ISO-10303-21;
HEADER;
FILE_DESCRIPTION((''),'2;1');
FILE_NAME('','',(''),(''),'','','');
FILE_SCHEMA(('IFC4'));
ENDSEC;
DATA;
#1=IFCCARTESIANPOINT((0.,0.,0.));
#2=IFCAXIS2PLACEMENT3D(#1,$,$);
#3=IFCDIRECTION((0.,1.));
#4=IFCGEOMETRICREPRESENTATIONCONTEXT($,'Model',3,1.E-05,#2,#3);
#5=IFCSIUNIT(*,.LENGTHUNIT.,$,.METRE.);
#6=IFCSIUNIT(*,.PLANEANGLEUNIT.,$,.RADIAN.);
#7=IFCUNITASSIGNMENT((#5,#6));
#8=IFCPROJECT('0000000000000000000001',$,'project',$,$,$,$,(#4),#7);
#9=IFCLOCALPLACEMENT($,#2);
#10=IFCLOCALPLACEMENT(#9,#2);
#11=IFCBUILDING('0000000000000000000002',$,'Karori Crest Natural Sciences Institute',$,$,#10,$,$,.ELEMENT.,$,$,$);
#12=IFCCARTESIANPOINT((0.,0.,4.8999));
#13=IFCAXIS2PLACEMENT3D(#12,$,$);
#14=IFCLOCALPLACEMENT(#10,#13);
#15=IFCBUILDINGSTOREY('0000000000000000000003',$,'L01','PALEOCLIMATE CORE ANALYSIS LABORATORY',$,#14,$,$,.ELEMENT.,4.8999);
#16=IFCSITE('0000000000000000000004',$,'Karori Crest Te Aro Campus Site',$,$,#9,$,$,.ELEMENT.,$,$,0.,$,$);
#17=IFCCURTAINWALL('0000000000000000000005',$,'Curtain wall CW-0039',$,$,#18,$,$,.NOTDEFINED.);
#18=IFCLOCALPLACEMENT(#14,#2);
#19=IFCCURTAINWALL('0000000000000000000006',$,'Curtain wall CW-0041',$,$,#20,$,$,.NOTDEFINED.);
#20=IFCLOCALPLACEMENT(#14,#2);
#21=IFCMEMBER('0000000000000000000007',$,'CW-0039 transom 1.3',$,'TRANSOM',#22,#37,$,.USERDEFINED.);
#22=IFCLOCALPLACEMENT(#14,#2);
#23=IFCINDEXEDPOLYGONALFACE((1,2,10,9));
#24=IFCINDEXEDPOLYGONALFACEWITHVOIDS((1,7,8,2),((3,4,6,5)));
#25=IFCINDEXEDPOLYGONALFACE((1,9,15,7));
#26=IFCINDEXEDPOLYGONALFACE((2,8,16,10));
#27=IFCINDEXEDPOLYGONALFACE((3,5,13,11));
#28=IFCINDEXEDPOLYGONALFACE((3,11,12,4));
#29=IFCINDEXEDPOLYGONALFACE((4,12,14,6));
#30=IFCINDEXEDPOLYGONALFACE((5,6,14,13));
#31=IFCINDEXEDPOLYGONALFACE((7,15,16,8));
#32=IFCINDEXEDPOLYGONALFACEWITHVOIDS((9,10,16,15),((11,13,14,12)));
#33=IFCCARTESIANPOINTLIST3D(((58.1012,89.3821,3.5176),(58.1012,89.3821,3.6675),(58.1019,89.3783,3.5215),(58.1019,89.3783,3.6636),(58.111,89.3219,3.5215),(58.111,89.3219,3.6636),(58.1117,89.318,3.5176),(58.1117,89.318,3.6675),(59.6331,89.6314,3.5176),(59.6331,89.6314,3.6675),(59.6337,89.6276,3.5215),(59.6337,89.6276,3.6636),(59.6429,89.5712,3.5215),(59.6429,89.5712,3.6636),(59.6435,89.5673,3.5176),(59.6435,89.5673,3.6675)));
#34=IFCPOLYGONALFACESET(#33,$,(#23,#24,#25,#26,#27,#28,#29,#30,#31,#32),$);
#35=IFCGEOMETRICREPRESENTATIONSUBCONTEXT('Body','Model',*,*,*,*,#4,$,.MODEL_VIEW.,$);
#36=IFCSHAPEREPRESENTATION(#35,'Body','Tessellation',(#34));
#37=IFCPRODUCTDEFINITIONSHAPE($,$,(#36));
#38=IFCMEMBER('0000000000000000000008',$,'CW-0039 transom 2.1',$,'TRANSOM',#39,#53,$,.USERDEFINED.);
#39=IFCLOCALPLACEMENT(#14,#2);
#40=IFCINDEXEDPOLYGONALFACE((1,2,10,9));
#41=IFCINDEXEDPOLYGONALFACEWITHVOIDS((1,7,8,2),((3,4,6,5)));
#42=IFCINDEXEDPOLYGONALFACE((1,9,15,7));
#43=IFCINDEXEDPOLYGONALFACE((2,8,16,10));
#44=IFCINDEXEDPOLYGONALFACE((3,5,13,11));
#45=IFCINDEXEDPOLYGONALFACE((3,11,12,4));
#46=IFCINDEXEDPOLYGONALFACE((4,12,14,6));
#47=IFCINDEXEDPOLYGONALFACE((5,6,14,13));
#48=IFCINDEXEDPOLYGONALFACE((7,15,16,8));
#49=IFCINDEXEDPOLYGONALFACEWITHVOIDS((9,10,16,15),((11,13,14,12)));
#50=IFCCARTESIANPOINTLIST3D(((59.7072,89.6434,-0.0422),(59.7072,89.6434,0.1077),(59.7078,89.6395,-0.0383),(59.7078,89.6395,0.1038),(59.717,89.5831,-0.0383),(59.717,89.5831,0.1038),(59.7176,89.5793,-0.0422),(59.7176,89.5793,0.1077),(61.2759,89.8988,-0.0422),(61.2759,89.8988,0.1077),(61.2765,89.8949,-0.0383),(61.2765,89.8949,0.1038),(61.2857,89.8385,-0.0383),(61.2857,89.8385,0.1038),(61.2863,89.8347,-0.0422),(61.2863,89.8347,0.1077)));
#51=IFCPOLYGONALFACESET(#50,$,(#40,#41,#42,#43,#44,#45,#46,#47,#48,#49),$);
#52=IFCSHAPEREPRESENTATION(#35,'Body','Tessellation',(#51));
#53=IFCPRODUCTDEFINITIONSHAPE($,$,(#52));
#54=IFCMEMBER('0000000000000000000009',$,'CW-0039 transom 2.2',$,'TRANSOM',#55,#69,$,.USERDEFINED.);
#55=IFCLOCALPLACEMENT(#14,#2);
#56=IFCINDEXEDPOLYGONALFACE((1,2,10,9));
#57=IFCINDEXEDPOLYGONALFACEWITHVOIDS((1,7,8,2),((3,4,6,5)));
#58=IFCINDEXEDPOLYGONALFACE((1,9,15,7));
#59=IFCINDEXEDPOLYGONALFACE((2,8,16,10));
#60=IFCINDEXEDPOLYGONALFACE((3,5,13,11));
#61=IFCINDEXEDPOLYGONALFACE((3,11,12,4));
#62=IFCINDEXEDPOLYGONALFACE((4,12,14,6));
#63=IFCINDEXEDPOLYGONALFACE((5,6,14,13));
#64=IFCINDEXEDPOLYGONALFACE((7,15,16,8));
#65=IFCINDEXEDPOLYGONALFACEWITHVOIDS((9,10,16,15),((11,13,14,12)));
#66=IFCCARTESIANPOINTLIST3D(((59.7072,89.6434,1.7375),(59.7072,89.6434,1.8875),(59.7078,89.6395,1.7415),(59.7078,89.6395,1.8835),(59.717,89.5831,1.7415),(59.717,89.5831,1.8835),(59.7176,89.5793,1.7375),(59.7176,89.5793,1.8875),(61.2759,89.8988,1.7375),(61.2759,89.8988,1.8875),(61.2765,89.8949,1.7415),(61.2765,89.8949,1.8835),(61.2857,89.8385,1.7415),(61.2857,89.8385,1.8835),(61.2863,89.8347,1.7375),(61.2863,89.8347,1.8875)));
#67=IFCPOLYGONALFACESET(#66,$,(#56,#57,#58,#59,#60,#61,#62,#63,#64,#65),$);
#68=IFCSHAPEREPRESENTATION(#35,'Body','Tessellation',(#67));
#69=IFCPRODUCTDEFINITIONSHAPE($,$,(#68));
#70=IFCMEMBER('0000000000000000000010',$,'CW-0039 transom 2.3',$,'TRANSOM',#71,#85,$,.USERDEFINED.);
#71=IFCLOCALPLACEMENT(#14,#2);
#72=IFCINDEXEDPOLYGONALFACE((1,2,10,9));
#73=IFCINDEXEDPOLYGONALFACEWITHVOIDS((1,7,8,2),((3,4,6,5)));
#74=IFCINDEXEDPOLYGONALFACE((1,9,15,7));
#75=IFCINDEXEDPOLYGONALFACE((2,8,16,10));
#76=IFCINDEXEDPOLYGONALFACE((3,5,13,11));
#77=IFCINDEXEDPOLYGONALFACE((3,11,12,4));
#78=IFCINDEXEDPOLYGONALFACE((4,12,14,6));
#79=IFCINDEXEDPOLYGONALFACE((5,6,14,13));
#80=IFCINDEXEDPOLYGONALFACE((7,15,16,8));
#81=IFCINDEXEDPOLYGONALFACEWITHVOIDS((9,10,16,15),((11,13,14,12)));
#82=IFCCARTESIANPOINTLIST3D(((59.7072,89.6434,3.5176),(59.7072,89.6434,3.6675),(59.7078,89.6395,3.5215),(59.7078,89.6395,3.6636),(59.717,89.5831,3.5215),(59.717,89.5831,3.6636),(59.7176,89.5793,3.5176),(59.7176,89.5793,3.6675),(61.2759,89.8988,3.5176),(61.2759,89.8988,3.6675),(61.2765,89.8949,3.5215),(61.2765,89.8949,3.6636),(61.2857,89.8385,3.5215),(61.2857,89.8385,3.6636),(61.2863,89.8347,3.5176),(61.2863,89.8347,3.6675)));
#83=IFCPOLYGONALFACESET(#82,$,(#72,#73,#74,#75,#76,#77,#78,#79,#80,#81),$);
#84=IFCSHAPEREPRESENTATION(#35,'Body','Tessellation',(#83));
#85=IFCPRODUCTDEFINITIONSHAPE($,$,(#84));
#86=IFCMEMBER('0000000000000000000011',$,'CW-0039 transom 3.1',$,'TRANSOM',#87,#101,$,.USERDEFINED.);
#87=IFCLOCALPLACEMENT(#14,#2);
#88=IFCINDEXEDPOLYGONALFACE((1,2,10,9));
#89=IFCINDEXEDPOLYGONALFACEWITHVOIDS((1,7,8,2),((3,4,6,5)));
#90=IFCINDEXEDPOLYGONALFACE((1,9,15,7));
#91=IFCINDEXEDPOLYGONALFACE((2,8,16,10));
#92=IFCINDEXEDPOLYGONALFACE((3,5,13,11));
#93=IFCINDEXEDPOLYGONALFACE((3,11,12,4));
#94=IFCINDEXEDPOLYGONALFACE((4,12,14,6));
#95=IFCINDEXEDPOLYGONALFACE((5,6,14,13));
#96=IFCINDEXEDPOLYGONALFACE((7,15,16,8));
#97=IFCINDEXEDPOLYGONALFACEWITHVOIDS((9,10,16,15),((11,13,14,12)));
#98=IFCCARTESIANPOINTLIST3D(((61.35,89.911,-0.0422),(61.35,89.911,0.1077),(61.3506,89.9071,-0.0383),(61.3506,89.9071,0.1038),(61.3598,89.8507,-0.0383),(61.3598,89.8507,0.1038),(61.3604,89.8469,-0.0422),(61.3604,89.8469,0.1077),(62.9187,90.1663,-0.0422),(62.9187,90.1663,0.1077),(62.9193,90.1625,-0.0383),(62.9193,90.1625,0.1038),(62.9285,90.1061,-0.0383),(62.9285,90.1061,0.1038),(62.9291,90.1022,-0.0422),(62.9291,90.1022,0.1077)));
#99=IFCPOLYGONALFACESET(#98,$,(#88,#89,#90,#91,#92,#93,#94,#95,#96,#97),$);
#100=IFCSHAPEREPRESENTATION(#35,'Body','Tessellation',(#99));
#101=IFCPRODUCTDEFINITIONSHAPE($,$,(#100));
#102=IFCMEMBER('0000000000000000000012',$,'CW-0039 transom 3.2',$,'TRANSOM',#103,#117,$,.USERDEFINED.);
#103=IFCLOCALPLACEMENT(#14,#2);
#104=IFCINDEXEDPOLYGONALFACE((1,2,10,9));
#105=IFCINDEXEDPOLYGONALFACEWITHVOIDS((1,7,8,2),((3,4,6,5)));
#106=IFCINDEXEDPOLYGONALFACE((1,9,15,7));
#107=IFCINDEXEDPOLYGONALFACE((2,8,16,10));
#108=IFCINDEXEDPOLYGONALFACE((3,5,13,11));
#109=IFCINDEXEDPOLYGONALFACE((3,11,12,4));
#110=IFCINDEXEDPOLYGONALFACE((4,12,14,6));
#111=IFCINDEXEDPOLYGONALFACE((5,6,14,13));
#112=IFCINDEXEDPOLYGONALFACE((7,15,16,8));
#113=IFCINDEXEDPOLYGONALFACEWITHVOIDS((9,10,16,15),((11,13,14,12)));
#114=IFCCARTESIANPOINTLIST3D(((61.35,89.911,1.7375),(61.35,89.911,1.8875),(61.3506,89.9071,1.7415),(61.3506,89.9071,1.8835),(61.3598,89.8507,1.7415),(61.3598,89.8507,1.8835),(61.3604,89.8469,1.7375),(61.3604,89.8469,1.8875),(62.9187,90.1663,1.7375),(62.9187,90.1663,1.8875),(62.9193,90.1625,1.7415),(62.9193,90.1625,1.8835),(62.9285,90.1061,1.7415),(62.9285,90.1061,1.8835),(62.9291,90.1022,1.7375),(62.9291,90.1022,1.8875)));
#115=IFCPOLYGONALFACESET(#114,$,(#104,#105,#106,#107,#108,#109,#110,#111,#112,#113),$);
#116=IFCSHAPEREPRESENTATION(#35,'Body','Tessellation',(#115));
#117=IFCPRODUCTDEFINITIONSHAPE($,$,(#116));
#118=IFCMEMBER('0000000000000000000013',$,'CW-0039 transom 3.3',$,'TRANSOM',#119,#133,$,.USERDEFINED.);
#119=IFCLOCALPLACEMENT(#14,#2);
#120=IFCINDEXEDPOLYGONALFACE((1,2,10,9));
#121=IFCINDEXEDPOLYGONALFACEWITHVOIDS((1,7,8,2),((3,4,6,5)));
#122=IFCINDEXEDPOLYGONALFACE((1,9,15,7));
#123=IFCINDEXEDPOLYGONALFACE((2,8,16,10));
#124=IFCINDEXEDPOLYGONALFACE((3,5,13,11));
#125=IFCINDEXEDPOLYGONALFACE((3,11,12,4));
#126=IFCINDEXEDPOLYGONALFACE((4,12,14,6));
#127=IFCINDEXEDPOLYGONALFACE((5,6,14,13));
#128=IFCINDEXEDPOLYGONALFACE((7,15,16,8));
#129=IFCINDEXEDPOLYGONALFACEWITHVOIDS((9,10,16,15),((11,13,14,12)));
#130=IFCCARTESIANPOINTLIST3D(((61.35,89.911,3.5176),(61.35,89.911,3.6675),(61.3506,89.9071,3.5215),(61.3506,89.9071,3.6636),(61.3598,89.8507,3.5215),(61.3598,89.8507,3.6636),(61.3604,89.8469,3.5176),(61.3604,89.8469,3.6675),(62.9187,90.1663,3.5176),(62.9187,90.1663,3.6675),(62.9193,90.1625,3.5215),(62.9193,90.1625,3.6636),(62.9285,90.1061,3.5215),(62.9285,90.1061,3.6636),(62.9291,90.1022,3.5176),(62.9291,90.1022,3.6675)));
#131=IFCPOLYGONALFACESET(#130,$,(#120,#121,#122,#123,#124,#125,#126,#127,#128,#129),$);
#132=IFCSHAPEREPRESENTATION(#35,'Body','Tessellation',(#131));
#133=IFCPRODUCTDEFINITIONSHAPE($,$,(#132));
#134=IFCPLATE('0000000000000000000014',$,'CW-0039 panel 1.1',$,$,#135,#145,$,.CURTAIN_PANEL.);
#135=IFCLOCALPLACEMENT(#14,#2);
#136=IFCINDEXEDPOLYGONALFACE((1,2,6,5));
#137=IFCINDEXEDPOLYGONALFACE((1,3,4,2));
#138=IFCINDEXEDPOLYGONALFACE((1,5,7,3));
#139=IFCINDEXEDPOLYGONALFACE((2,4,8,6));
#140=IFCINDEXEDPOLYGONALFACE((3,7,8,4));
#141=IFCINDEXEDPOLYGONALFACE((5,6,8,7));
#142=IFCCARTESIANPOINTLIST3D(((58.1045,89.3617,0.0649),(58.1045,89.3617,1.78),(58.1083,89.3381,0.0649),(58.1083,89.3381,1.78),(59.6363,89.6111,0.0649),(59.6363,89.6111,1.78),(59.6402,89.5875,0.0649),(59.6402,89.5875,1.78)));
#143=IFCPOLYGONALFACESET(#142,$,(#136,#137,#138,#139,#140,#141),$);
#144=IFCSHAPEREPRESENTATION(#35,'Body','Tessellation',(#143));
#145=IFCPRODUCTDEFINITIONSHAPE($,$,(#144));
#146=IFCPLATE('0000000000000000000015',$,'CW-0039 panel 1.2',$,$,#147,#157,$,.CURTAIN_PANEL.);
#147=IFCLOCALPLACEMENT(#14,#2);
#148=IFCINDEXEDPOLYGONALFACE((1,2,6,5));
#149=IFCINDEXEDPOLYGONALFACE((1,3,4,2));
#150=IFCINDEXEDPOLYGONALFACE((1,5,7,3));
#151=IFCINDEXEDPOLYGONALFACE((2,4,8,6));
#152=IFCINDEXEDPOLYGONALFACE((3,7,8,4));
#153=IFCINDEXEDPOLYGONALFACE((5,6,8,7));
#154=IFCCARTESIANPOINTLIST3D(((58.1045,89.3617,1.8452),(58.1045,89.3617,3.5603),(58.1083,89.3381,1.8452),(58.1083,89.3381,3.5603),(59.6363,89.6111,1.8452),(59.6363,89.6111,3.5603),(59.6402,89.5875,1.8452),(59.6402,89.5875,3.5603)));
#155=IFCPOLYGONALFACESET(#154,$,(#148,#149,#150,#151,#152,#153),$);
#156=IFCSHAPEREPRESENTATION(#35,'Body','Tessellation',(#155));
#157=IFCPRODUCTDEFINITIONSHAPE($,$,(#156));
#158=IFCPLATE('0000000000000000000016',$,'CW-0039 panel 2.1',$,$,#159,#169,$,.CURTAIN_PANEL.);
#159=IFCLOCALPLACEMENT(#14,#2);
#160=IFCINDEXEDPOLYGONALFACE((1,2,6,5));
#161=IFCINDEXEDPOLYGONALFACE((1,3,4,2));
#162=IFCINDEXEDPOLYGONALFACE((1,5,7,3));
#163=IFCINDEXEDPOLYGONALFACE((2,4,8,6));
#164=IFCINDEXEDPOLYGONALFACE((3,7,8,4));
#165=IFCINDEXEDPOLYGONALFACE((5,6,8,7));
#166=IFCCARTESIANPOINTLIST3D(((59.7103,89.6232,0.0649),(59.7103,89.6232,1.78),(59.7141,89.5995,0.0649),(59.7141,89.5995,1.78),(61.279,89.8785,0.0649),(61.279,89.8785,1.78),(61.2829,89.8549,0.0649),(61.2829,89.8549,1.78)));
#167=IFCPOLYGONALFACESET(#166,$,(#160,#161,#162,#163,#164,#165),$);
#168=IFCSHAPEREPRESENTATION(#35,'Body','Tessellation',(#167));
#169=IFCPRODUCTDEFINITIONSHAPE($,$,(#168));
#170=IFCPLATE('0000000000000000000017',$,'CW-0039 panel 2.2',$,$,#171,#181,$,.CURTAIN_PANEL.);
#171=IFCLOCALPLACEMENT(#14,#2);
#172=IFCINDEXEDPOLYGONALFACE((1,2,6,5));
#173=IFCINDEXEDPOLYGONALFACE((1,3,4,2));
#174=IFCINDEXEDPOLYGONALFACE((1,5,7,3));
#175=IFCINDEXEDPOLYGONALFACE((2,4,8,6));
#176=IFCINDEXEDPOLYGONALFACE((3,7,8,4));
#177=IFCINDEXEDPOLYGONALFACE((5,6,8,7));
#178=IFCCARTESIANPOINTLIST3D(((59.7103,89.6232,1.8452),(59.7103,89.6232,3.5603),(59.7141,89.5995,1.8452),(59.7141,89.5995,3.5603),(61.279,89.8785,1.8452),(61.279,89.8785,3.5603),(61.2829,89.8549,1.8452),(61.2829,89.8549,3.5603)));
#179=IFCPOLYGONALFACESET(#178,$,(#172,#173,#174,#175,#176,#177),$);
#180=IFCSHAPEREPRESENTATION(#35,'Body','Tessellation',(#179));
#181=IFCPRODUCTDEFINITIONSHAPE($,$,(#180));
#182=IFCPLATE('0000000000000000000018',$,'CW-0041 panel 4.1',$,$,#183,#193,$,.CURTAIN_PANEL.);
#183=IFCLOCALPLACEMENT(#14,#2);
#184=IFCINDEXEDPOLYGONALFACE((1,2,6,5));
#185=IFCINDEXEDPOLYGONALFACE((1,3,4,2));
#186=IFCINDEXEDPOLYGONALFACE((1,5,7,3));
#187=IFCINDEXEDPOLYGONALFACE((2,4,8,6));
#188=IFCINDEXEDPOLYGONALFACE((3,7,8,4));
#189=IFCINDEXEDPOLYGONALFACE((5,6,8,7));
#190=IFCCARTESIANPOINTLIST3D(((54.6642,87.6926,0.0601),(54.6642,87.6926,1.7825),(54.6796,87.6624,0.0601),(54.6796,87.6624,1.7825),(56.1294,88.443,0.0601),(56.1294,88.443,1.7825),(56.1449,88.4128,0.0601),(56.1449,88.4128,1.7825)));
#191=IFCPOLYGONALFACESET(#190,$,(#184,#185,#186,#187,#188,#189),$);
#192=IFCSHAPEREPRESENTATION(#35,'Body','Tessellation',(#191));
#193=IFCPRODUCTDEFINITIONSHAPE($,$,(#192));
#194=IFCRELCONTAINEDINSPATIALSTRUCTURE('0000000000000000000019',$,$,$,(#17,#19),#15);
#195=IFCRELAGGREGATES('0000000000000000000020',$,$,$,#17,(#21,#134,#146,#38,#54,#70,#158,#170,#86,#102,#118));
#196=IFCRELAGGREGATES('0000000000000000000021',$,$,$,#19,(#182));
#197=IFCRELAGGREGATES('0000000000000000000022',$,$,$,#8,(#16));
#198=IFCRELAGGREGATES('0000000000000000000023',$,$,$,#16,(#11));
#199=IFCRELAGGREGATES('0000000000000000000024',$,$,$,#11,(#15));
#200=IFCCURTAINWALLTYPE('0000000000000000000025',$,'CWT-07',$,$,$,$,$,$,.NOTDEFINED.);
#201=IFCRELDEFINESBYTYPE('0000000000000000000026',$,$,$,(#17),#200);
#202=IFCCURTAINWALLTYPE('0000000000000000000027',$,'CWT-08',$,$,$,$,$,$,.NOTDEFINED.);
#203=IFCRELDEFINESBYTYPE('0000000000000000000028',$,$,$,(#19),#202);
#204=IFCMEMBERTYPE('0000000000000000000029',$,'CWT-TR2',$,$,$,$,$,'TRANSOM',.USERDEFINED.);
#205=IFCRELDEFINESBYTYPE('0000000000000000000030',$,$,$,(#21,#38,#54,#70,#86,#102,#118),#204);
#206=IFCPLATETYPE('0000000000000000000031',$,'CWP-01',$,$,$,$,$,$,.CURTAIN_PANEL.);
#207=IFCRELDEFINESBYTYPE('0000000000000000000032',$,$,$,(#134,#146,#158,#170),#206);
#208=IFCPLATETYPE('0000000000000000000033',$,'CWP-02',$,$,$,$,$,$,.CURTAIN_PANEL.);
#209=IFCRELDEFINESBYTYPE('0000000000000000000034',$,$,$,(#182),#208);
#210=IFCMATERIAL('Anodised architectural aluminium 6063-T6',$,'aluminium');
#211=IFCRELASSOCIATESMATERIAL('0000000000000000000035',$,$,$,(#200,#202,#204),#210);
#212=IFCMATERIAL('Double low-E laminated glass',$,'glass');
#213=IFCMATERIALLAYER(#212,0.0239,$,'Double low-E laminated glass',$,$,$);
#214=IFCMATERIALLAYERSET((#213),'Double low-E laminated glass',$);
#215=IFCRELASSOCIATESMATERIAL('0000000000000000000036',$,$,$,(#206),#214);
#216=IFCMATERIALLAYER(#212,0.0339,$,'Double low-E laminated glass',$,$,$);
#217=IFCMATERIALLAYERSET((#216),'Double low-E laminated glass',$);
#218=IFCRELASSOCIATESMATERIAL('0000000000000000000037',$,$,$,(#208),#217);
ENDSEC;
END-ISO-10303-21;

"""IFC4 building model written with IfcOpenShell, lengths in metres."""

from ifc_helpers import new_model, si_unit, direction, frame, origin, origin_2d, place, context, subcontext, project, spatial, rectangle, hollow_rectangle, extrude, material, layer, layer_set, material_profile, profile_set, type_object, element, aggregate, save


model = new_model("IFC4")

# Units and contexts
model_context = context("Model", 3, precision=1e-05, world=origin(), true_north=direction((0.0, 1.0)))
body_context = subcontext(model_context, "Body", "Model", "MODEL_VIEW")
ifc_project = project(units=[si_unit("LENGTHUNIT", "METRE"), si_unit("PLANEANGLEUNIT", "RADIAN")], contexts=[model_context])

# Site, building, storey
site_placement = place(None, origin())
site = spatial("IfcSite", under=ifc_project, at=site_placement, Name="Karori Crest Te Aro Campus Site", CompositionType="ELEMENT", RefElevation=0.0)
building_placement = place(site_placement, origin())
building = spatial("IfcBuilding", under=site, at=building_placement, Name="Karori Crest Natural Sciences Institute", CompositionType="ELEMENT")
storey_placement = place(building_placement, frame((0.0, 0.0, 4.8999)))
storey = spatial("IfcBuildingStorey", under=building, at=storey_placement, Name="L01", Description="PALEOCLIMATE CORE ANALYSIS LABORATORY", CompositionType="ELEMENT", Elevation=4.8999)

# Curtain walls
ifc_material_1 = material(Name="Anodised architectural aluminium 6063-T6", Category="aluminium")
curtain_wall_type_1 = type_object("IfcCurtainWallType", Name="CWT-07", PredefinedType="NOTDEFINED", material=ifc_material_1)
curtain_wall_1_placement = place(storey_placement, origin())
curtain_wall_1 = element("IfcCurtainWall", 1, at=curtain_wall_1_placement, inside=storey, type_object=curtain_wall_type_1, Name="Curtain wall CW-0039", PredefinedType="NOTDEFINED")
curtain_wall_type_2 = type_object("IfcCurtainWallType", Name="CWT-08", PredefinedType="NOTDEFINED", material=ifc_material_1)
curtain_wall_2_placement = place(storey_placement, origin())
curtain_wall_2 = element("IfcCurtainWall", 2, at=curtain_wall_2_placement, inside=storey, type_object=curtain_wall_type_2, Name="Curtain wall CW-0041", PredefinedType="NOTDEFINED")

# Members
ifc_material_profile_1 = material_profile(ifc_material_1, hollow_rectangle(XDim=0.0649, YDim=0.1499, WallThickness=0.0039, at=origin_2d()), Name="CWT150x65x4")
ifc_profile_set_1 = profile_set([ifc_material_profile_1], Name="Anodised architectural aluminium 6063-T6")
member_type_1 = type_object("IfcMemberType", Name="CWT-TR2", ElementType="TRANSOM", PredefinedType="USERDEFINED", material=ifc_profile_set_1)
member_1_placement = place(storey_placement, frame((58.1064, 89.3501, 3.5925), z_axis=(0.987016, 0.160622, 0.0), x_axis=(-0.160622, 0.987016, 0.0)))
member_1 = element("IfcMember", 3, at=member_1_placement, type_object=member_type_1, Name="CW-0039 transom 1.3", ObjectType="TRANSOM", PredefinedType="USERDEFINED", context=body_context, shape_type="SweptSolid", body=[
    extrude(hollow_rectangle(XDim=0.0649, YDim=0.1499, WallThickness=0.0039, at=origin_2d()), origin(), (0.0, 0.0, 1.0), 1.552),
])
member_2_placement = place(storey_placement, frame((59.7124, 89.6113, 0.0327), z_axis=(0.987006, 0.160686, 0.0), x_axis=(-0.160686, 0.987006, 0.0)))
member_2 = element("IfcMember", 4, at=member_2_placement, type_object=member_type_1, Name="CW-0039 transom 2.1", ObjectType="TRANSOM", PredefinedType="USERDEFINED", context=body_context, shape_type="SweptSolid", body=[
    extrude(hollow_rectangle(XDim=0.0649, YDim=0.1499, WallThickness=0.0039, at=origin_2d()), origin(), (0.0, 0.0, 1.0), 1.5894),
])
member_3_placement = place(storey_placement, frame((59.7124, 89.6113, 1.8125), z_axis=(0.987006, 0.160686, 0.0), x_axis=(-0.160686, 0.987006, 0.0)))
member_3 = element("IfcMember", 5, at=member_3_placement, type_object=member_type_1, Name="CW-0039 transom 2.2", ObjectType="TRANSOM", PredefinedType="USERDEFINED", context=body_context, shape_type="SweptSolid", body=[
    extrude(hollow_rectangle(XDim=0.0649, YDim=0.1499, WallThickness=0.0039, at=origin_2d()), origin(), (0.0, 0.0, 1.0), 1.5894),
])
member_4_placement = place(storey_placement, frame((59.7124, 89.6113, 3.5925), z_axis=(0.987006, 0.160686, 0.0), x_axis=(-0.160686, 0.987006, 0.0)))
member_4 = element("IfcMember", 6, at=member_4_placement, type_object=member_type_1, Name="CW-0039 transom 2.3", ObjectType="TRANSOM", PredefinedType="USERDEFINED", context=body_context, shape_type="SweptSolid", body=[
    extrude(hollow_rectangle(XDim=0.0649, YDim=0.1499, WallThickness=0.0039, at=origin_2d()), origin(), (0.0, 0.0, 1.0), 1.5894),
])
member_5_placement = place(storey_placement, frame((61.3552, 89.8789, 0.0327), z_axis=(0.987006, 0.160686, 0.0), x_axis=(-0.160686, 0.987006, 0.0)))
member_5 = element("IfcMember", 7, at=member_5_placement, type_object=member_type_1, Name="CW-0039 transom 3.1", ObjectType="TRANSOM", PredefinedType="USERDEFINED", context=body_context, shape_type="SweptSolid", body=[
    extrude(hollow_rectangle(XDim=0.0649, YDim=0.1499, WallThickness=0.0039, at=origin_2d()), origin(), (0.0, 0.0, 1.0), 1.5894),
])
member_6_placement = place(storey_placement, frame((61.3552, 89.8789, 1.8125), z_axis=(0.987006, 0.160686, 0.0), x_axis=(-0.160686, 0.987006, 0.0)))
member_6 = element("IfcMember", 8, at=member_6_placement, type_object=member_type_1, Name="CW-0039 transom 3.2", ObjectType="TRANSOM", PredefinedType="USERDEFINED", context=body_context, shape_type="SweptSolid", body=[
    extrude(hollow_rectangle(XDim=0.0649, YDim=0.1499, WallThickness=0.0039, at=origin_2d()), origin(), (0.0, 0.0, 1.0), 1.5894),
])
member_7_placement = place(storey_placement, frame((61.3552, 89.8789, 3.5925), z_axis=(0.987006, 0.160686, 0.0), x_axis=(-0.160686, 0.987006, 0.0)))
member_7 = element("IfcMember", 9, at=member_7_placement, type_object=member_type_1, Name="CW-0039 transom 3.3", ObjectType="TRANSOM", PredefinedType="USERDEFINED", context=body_context, shape_type="SweptSolid", body=[
    extrude(hollow_rectangle(XDim=0.0649, YDim=0.1499, WallThickness=0.0039, at=origin_2d()), origin(), (0.0, 0.0, 1.0), 1.5894),
])

# Plates
ifc_material_2 = material(Name="Double low-E laminated glass", Category="glass")
ifc_layer_1 = layer(ifc_material_2, 0.0239, Name="Double low-E laminated glass")
ifc_layer_set_1 = layer_set([ifc_layer_1], Name="Double low-E laminated glass")
plate_type_1 = type_object("IfcPlateType", Name="CWP-01", PredefinedType="CURTAIN_PANEL", material=ifc_layer_set_1)
plate_1_placement = place(storey_placement, frame((58.8723, 89.4746, 0.0649), z_axis=(0.0, 0.0, 1.0), x_axis=(0.98701, 0.160657, 0.0)))
plate_1 = element("IfcPlate", 10, at=plate_1_placement, type_object=plate_type_1, Name="CW-0039 panel 1.1", PredefinedType="CURTAIN_PANEL", context=body_context, shape_type="SweptSolid", body=[
    extrude(rectangle(XDim=1.552, YDim=0.0239, at=origin_2d()), origin(), (0.0, 0.0, 1.0), 1.7151),
])
plate_2_placement = place(storey_placement, frame((58.8723, 89.4746, 1.8452), z_axis=(0.0, 0.0, 1.0), x_axis=(0.98701, 0.160657, 0.0)))
plate_2 = element("IfcPlate", 11, at=plate_2_placement, type_object=plate_type_1, Name="CW-0039 panel 1.2", PredefinedType="CURTAIN_PANEL", context=body_context, shape_type="SweptSolid", body=[
    extrude(rectangle(XDim=1.552, YDim=0.0239, at=origin_2d()), origin(), (0.0, 0.0, 1.0), 1.7151),
])
plate_3_placement = place(storey_placement, frame((60.4966, 89.739, 0.0649), z_axis=(0.0, 0.0, 1.0), x_axis=(0.98701, 0.160657, 0.0)))
plate_3 = element("IfcPlate", 12, at=plate_3_placement, type_object=plate_type_1, Name="CW-0039 panel 2.1", PredefinedType="CURTAIN_PANEL", context=body_context, shape_type="SweptSolid", body=[
    extrude(rectangle(XDim=1.5894, YDim=0.0239, at=origin_2d()), origin(), (0.0, 0.0, 1.0), 1.7151),
])
plate_4_placement = place(storey_placement, frame((60.4966, 89.739, 1.8452), z_axis=(0.0, 0.0, 1.0), x_axis=(0.98701, 0.160657, 0.0)))
plate_4 = element("IfcPlate", 13, at=plate_4_placement, type_object=plate_type_1, Name="CW-0039 panel 2.2", PredefinedType="CURTAIN_PANEL", context=body_context, shape_type="SweptSolid", body=[
    extrude(rectangle(XDim=1.5894, YDim=0.0239, at=origin_2d()), origin(), (0.0, 0.0, 1.0), 1.7151),
])
aggregate(curtain_wall_1, [member_1, plate_1, plate_2, member_2, member_3, member_4, plate_3, plate_4, member_5, member_6, member_7])
ifc_layer_2 = layer(ifc_material_2, 0.0339, Name="Double low-E laminated glass")
ifc_layer_set_2 = layer_set([ifc_layer_2], Name="Double low-E laminated glass")
plate_type_2 = type_object("IfcPlateType", Name="CWP-02", PredefinedType="CURTAIN_PANEL", material=ifc_layer_set_2)
plate_5_placement = place(storey_placement, frame((55.4045, 88.0527, 0.0601), z_axis=(0.0, 0.0, 1.0), x_axis=(0.890065, 0.455833, 0.0)))
plate_5 = element("IfcPlate", 14, at=plate_5_placement, type_object=plate_type_2, Name="CW-0041 panel 4.1", PredefinedType="CURTAIN_PANEL", context=body_context, shape_type="SweptSolid", body=[
    extrude(rectangle(XDim=1.6462, YDim=0.0339, at=origin_2d()), origin(), (0.0, 0.0, 1.0), 1.7224),
])
aggregate(curtain_wall_2, [plate_5])

save(model, "model.ifc")
